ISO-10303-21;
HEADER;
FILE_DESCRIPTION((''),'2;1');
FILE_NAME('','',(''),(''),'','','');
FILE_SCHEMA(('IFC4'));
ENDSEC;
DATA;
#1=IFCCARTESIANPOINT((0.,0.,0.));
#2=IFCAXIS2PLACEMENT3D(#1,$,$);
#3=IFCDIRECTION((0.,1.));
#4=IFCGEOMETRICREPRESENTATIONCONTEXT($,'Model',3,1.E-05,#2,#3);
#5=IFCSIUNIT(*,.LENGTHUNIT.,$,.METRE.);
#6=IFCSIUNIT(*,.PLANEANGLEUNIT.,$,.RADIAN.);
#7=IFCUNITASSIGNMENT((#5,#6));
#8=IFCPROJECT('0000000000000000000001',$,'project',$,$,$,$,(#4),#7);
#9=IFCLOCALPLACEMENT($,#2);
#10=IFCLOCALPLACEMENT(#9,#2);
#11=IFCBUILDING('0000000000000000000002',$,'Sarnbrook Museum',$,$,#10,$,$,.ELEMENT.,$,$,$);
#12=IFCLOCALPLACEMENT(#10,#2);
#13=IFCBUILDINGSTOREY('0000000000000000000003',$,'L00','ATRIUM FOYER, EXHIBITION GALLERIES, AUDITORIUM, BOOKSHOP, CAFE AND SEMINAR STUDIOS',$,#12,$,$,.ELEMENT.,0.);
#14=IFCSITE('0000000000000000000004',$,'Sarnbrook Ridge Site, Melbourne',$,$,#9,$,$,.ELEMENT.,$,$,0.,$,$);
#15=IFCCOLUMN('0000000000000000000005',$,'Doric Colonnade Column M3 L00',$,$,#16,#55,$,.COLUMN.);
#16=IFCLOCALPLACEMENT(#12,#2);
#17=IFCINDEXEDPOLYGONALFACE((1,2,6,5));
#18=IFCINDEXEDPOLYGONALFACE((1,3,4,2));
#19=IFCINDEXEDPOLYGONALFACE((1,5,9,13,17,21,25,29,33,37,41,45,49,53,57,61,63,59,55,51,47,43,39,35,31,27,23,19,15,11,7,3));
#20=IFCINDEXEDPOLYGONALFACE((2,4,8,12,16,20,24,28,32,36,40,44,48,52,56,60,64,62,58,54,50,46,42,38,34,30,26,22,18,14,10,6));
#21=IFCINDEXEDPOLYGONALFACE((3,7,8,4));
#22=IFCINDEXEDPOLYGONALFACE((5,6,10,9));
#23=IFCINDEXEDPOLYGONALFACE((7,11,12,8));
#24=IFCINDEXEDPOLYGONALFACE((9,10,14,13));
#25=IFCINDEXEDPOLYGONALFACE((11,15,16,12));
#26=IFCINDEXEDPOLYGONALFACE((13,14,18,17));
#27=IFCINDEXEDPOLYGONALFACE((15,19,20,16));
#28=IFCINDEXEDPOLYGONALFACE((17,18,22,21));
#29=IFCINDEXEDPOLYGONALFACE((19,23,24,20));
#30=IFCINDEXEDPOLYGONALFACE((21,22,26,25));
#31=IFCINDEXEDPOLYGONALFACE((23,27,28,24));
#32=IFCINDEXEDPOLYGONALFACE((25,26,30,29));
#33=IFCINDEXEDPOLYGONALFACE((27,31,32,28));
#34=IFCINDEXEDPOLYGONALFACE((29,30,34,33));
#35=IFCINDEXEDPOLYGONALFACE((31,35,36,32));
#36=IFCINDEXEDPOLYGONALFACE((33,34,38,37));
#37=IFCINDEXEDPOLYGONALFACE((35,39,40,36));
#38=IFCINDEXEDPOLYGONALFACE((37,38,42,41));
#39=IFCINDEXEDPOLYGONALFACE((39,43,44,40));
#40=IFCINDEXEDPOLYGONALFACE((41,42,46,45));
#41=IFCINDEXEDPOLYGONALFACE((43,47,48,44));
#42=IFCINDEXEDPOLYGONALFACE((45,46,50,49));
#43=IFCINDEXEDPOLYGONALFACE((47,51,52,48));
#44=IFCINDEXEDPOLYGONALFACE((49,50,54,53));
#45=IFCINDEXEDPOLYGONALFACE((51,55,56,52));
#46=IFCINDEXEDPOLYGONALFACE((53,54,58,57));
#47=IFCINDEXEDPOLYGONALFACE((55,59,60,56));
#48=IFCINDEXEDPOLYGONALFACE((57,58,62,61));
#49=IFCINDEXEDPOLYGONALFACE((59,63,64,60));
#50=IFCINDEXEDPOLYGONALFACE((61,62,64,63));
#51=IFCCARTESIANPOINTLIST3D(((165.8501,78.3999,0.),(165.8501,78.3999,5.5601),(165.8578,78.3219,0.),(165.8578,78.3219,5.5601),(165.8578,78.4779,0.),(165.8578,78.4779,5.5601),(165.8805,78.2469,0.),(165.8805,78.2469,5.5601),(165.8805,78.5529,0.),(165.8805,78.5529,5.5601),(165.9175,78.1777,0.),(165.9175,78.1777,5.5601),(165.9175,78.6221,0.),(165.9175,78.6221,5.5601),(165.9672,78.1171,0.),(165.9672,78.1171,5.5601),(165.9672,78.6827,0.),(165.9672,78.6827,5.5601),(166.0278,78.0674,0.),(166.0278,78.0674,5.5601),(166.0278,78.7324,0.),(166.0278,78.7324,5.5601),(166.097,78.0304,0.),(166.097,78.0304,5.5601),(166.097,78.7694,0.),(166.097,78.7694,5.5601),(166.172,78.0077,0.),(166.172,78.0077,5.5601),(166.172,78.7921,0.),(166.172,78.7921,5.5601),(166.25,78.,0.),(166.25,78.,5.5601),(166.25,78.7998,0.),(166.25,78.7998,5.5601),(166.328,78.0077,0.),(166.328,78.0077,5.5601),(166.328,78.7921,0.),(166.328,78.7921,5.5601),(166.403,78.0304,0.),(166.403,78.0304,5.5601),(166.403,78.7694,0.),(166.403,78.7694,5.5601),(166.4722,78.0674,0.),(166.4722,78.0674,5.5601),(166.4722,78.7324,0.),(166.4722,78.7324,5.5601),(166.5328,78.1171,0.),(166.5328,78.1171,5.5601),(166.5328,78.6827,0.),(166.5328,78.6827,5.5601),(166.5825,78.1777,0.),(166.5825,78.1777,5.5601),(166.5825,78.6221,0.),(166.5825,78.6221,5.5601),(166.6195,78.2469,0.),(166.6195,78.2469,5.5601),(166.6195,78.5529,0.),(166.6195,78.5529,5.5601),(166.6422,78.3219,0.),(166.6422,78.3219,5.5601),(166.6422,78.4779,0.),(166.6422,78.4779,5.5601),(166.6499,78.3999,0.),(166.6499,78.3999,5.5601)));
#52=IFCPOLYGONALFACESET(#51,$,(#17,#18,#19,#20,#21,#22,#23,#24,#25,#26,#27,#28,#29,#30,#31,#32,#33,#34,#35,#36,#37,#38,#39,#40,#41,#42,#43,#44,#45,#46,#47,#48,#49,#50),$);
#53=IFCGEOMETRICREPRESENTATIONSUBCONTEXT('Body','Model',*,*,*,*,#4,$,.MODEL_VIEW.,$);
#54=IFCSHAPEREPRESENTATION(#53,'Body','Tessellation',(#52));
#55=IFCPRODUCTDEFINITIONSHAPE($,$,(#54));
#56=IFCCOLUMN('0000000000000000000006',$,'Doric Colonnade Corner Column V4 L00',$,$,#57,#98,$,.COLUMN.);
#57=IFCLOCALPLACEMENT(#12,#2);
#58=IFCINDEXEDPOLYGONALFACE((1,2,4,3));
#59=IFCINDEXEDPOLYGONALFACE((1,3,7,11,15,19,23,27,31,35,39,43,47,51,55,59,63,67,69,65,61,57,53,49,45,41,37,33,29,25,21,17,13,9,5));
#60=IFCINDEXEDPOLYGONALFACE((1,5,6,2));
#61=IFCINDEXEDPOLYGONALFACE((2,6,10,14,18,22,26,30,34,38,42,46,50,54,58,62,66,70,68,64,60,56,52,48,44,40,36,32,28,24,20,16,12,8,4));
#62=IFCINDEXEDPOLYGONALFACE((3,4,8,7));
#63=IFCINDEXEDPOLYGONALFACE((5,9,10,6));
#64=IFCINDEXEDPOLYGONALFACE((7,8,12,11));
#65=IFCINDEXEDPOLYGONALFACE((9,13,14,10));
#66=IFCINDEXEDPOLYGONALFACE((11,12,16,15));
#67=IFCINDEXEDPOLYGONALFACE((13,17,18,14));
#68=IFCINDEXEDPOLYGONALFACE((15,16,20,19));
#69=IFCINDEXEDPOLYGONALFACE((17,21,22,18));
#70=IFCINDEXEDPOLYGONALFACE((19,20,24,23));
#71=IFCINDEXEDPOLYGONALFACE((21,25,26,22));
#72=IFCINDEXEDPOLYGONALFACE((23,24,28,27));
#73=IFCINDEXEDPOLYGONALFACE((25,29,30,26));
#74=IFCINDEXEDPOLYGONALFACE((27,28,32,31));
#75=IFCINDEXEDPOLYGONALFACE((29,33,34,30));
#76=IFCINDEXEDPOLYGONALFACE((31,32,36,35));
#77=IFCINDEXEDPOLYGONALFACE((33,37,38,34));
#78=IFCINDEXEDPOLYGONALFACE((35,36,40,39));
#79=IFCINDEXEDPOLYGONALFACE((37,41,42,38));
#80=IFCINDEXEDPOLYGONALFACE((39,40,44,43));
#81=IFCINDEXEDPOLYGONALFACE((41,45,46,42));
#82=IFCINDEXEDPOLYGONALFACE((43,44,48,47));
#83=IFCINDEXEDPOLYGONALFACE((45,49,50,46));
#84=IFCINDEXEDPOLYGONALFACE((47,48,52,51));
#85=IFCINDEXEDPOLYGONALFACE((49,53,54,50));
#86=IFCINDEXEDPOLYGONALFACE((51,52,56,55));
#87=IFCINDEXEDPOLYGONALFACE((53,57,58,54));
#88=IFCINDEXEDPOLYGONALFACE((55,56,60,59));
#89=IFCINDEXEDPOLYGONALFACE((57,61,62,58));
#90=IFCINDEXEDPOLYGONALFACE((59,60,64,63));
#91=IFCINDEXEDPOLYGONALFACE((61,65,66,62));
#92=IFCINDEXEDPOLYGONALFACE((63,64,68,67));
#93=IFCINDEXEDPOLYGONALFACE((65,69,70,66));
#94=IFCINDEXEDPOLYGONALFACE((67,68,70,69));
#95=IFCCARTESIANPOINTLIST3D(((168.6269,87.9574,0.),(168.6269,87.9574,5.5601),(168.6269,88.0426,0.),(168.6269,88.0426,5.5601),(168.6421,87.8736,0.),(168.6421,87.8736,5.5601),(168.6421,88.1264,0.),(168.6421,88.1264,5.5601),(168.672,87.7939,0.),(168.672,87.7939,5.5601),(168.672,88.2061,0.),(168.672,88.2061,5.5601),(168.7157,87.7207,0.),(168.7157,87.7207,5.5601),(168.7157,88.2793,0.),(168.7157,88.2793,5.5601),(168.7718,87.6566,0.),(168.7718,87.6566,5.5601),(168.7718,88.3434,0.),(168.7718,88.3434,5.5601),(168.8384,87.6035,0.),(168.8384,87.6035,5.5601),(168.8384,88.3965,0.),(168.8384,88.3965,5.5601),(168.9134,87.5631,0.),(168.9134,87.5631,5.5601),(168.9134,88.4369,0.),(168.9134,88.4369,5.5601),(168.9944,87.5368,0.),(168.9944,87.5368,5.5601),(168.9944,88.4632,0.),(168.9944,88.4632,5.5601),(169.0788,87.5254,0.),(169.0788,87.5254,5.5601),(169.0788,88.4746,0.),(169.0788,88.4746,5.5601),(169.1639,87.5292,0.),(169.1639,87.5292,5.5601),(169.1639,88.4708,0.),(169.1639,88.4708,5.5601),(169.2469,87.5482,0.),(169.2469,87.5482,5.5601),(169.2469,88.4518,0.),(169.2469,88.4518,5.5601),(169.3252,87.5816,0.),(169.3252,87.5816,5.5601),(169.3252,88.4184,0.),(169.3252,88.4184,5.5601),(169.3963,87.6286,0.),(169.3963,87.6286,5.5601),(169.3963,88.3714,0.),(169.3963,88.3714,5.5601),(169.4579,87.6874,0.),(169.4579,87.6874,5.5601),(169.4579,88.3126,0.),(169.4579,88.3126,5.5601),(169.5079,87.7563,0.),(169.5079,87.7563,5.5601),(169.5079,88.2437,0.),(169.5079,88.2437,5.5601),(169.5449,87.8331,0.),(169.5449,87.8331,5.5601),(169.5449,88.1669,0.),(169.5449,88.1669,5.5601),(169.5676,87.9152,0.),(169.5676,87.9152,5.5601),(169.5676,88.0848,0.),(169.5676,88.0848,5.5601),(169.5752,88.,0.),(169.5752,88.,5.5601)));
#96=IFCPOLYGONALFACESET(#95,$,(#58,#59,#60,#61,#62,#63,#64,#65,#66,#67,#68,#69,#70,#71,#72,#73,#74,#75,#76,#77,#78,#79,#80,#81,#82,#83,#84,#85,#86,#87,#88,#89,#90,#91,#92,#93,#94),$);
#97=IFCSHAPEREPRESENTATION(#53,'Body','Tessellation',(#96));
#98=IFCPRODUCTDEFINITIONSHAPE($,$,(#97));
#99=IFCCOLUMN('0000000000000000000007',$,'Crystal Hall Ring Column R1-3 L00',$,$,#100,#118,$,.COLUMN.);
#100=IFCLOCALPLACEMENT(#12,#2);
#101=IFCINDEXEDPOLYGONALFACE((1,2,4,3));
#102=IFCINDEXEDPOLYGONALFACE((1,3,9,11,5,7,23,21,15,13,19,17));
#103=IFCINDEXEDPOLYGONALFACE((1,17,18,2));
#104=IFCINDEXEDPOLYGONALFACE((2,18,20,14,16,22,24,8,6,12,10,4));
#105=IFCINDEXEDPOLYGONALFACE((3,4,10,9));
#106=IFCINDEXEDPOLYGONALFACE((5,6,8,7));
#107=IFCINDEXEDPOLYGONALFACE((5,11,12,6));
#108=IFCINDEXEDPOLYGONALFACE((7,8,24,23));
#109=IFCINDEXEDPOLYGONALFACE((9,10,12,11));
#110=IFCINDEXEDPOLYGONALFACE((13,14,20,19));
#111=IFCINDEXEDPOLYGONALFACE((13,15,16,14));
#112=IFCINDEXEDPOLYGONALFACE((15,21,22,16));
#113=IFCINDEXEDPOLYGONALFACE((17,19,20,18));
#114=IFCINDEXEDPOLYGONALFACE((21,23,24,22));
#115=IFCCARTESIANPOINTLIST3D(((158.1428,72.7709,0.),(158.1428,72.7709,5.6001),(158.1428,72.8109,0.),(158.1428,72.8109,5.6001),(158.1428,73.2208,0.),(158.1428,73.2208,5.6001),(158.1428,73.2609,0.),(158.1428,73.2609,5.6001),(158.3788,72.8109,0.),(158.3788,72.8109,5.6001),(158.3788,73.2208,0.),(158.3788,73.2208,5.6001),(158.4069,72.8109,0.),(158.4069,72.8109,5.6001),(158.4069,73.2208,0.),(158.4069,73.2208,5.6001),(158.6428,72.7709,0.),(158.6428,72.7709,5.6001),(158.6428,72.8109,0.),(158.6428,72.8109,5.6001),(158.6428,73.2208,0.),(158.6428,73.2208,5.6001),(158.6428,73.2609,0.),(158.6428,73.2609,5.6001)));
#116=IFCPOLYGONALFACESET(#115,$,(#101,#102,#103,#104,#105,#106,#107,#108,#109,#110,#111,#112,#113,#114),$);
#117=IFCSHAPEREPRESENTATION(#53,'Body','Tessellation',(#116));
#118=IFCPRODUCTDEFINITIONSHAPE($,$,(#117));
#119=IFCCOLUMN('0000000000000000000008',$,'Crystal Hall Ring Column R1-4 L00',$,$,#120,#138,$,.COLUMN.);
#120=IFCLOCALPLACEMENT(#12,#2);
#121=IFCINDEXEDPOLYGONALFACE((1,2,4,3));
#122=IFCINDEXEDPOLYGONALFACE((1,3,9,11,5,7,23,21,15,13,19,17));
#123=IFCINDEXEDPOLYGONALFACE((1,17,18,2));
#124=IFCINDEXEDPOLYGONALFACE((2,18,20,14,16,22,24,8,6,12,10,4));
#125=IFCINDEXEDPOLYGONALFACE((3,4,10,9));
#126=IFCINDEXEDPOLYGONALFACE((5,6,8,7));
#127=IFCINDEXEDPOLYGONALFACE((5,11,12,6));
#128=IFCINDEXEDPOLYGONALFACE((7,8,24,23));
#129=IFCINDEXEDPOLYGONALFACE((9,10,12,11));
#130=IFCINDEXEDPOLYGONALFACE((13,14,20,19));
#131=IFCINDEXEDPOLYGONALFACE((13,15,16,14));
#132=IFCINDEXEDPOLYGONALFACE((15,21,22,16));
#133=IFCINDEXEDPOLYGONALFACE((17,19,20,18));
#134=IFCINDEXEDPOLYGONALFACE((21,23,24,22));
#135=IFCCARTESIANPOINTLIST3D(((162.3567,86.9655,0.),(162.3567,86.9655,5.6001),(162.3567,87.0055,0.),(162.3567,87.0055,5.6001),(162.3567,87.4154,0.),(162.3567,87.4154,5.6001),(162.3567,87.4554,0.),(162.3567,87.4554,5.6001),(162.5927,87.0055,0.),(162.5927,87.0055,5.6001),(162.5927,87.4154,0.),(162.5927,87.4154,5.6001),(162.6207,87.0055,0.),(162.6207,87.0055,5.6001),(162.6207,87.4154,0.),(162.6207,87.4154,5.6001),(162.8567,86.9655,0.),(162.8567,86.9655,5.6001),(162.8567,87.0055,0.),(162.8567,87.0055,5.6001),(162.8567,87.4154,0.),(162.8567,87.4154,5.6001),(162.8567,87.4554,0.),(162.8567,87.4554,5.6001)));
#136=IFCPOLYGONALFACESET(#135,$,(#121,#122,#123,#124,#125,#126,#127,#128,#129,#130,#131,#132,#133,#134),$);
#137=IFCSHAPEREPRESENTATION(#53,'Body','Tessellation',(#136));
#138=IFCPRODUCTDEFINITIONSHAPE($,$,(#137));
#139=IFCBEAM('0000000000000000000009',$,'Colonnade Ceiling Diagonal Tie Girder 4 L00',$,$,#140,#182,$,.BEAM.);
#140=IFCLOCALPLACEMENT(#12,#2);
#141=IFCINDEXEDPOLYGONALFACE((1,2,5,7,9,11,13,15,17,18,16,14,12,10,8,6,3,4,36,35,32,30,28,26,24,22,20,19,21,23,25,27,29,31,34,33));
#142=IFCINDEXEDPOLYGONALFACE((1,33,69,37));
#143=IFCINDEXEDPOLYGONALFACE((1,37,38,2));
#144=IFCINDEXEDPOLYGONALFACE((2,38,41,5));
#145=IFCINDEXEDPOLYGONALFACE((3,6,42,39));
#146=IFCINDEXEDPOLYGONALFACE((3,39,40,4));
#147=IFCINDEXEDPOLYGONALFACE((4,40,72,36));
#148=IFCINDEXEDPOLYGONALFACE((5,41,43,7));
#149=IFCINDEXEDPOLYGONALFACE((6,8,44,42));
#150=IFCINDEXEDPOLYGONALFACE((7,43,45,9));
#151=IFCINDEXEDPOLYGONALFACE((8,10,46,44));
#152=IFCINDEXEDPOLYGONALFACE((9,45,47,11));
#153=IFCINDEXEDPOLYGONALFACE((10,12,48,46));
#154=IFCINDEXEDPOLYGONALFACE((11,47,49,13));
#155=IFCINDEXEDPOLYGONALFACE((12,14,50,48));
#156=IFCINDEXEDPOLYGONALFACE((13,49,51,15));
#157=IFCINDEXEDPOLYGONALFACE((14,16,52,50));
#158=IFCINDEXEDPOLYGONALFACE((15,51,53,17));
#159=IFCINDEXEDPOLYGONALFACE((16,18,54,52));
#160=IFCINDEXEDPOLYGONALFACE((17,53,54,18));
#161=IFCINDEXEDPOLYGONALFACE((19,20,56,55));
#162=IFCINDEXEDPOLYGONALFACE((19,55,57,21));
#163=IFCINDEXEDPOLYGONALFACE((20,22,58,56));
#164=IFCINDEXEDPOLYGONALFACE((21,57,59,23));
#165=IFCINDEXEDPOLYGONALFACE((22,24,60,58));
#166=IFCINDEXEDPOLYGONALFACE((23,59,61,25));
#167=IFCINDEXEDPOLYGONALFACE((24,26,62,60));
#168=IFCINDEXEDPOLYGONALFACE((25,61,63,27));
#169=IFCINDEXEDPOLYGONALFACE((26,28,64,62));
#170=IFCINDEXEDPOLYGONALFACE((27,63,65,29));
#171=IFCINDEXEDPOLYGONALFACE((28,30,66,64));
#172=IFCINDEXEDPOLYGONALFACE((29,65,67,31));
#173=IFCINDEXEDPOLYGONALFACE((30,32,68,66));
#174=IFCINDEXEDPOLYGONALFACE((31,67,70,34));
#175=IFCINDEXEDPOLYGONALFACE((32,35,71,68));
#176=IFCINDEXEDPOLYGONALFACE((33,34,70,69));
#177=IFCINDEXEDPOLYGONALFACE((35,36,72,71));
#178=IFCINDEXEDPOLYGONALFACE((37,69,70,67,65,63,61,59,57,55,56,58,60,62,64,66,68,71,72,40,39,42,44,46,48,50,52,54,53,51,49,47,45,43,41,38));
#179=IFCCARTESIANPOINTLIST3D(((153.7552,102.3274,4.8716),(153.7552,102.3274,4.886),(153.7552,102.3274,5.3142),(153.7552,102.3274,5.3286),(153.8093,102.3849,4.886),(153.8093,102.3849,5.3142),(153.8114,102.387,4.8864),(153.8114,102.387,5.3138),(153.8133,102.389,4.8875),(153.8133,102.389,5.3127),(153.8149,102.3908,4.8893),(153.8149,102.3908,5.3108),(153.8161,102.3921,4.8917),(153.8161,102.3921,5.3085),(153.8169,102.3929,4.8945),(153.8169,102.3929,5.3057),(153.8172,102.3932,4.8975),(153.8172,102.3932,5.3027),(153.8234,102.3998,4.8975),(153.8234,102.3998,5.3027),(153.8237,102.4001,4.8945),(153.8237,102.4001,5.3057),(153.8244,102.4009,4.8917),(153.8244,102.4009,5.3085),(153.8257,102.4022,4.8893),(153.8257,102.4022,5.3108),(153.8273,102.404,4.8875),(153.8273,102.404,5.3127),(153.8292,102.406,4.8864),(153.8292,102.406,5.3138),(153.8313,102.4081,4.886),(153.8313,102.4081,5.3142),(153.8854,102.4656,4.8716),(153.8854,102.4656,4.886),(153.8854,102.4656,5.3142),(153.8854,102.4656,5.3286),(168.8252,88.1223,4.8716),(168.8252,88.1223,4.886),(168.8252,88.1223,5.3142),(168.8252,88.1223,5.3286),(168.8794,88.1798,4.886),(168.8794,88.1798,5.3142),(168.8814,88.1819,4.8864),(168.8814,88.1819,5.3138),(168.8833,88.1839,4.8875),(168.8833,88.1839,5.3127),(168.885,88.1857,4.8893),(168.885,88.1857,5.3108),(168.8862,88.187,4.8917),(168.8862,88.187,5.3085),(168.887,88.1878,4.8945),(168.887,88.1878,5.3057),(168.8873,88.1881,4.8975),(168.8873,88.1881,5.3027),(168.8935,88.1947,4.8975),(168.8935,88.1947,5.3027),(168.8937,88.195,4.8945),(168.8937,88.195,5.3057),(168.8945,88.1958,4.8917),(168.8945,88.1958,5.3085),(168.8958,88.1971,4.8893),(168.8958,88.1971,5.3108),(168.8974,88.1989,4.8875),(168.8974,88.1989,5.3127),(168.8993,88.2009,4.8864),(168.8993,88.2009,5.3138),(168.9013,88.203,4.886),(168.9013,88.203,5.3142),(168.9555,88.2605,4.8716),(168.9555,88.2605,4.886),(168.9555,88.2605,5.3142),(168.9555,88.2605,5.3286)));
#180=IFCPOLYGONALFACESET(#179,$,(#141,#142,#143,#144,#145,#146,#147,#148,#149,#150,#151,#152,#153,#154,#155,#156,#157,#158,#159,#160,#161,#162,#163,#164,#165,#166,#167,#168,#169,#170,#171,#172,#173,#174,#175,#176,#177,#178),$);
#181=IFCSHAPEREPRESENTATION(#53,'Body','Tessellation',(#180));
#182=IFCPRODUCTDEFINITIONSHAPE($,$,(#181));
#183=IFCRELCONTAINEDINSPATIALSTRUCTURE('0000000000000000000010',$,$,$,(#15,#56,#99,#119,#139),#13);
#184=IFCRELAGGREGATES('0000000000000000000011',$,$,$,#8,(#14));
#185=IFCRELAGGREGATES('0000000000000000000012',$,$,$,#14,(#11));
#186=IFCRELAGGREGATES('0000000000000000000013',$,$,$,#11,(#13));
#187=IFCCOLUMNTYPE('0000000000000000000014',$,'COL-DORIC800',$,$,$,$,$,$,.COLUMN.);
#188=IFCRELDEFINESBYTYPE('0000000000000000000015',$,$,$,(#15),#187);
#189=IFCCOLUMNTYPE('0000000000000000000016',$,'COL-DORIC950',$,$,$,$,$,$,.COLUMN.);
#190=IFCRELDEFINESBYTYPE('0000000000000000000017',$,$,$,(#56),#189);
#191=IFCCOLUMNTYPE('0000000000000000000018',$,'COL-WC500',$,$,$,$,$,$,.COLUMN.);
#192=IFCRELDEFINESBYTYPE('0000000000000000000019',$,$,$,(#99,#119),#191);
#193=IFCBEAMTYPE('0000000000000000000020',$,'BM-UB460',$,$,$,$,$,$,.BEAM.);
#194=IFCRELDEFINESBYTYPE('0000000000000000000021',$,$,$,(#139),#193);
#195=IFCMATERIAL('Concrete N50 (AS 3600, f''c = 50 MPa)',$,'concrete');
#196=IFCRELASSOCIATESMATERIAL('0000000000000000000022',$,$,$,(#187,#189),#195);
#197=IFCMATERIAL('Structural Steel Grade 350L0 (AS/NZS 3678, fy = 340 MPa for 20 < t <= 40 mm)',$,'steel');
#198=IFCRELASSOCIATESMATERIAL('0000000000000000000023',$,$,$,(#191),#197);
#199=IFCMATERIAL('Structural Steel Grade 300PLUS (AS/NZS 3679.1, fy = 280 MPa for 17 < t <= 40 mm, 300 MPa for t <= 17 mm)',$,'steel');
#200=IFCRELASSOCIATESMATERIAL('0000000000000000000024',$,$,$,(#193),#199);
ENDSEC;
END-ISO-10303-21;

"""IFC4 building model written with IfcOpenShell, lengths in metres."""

from ifc_helpers import new_model, si_unit, direction, frame, origin, origin_2d, place, context, subcontext, project, spatial, circle, i_section, extrude, material, material_profile, profile_set, type_object, element, save


model = new_model("IFC4")

# Units and contexts
model_context = context("Model", 3, precision=1e-05, world=origin(), true_north=direction((0.0, 1.0)))
body_context = subcontext(model_context, "Body", "Model", "MODEL_VIEW")
ifc_project = project(units=[si_unit("LENGTHUNIT", "METRE"), si_unit("PLANEANGLEUNIT", "RADIAN")], contexts=[model_context])

# Site, building, storey
site_placement = place(None, origin())
site = spatial("IfcSite", under=ifc_project, at=site_placement, Name="Sarnbrook Ridge Site, Melbourne", CompositionType="ELEMENT", RefElevation=0.0)
building_placement = place(site_placement, origin())
building = spatial("IfcBuilding", under=site, at=building_placement, Name="Sarnbrook Museum", CompositionType="ELEMENT")
storey_placement = place(building_placement, origin())
storey = spatial("IfcBuildingStorey", under=building, at=storey_placement, Name="L00", Description="ATRIUM FOYER, EXHIBITION GALLERIES, AUDITORIUM, BOOKSHOP, CAFE AND SEMINAR STUDIOS", CompositionType="ELEMENT", Elevation=0.0)

# Columns
ifc_material_1 = material(Name="Concrete N50 (AS 3600, f'c = 50 MPa)", Category="concrete")
ifc_material_profile_1 = material_profile(ifc_material_1, circle(Radius=0.3999, at=origin_2d()), Name="DORIC D800")
ifc_profile_set_1 = profile_set([ifc_material_profile_1], Name="Concrete N50 (AS 3600, f'c = 50 MPa)")
column_type_1 = type_object("IfcColumnType", Name="COL-DORIC800", PredefinedType="COLUMN", material=ifc_profile_set_1)
column_1_placement = place(storey_placement, frame((166.25, 78.3999, 0.0), z_axis=(0.0, 0.0, 1.0), x_axis=(1.0, 0.0, 0.0)))
element("IfcColumn", 1, at=column_1_placement, inside=storey, type_object=column_type_1, Name="Doric Colonnade Column M3 L00", PredefinedType="COLUMN", context=body_context, shape_type="SweptSolid", body=[
    extrude(circle(Radius=0.3999, at=origin_2d()), origin(), (0.0, 0.0, 1.0), 5.5601),
])
ifc_material_profile_2 = material_profile(ifc_material_1, circle(Radius=0.4751, at=origin_2d()), Name="DORIC D950")
ifc_profile_set_2 = profile_set([ifc_material_profile_2], Name="Concrete N50 (AS 3600, f'c = 50 MPa)")
column_type_2 = type_object("IfcColumnType", Name="COL-DORIC950", PredefinedType="COLUMN", material=ifc_profile_set_2)
column_2_placement = place(storey_placement, frame((169.1001, 88.0, 0.0), z_axis=(0.0, 0.0, 1.0), x_axis=(1.0, 0.0, 0.0)))
element("IfcColumn", 2, at=column_2_placement, inside=storey, type_object=column_type_2, Name="Doric Colonnade Corner Column V4 L00", PredefinedType="COLUMN", context=body_context, shape_type="SweptSolid", body=[
    extrude(circle(Radius=0.4751, at=origin_2d()), origin(), (0.0, 0.0, 1.0), 5.5601),
])
ifc_material_2 = material(Name="Structural Steel Grade 350L0 (AS/NZS 3678, fy = 340 MPa for 20 < t <= 40 mm)", Category="steel")
ifc_material_profile_3 = material_profile(ifc_material_2, i_section(OverallWidth=0.5, OverallDepth=0.49, WebThickness=0.0281, FlangeThickness=0.04, at=origin_2d()), Name="500WC340")
ifc_profile_set_3 = profile_set([ifc_material_profile_3], Name="Structural Steel Grade 350L0 (AS/NZS 3678, fy = 340 MPa for 20 < t <= 40 mm)")
column_type_3 = type_object("IfcColumnType", Name="COL-WC500", PredefinedType="COLUMN", material=ifc_profile_set_3)
for number, where, z_axis, x_axis, name in (
    (3, (158.3928, 73.0159, 0.0), (0.0, 0.0, 1.0), (1.0, 0.0, 0.0), "Crystal Hall Ring Column R1-3 L00"),
    (4, (162.6067, 87.2104, 0.0), (0.0, 0.0, 1.0), (1.0, 0.0, 0.0), "Crystal Hall Ring Column R1-4 L00"),
):
    element("IfcColumn", number, at=place(storey_placement, frame(where, z_axis=z_axis, x_axis=x_axis)), inside=storey, type_object=column_type_3, Name=name, PredefinedType="COLUMN", context=body_context, shape_type="SweptSolid", body=[
        extrude(i_section(OverallWidth=0.5, OverallDepth=0.49, WebThickness=0.0281, FlangeThickness=0.04, at=origin_2d()), origin(), (0.0, 0.0, 1.0), 5.6001),
    ])

# Beam
ifc_material_3 = material(Name="Structural Steel Grade 300PLUS (AS/NZS 3679.1, fy = 280 MPa for 17 < t <= 40 mm, 300 MPa for t <= 17 mm)", Category="steel")
ifc_material_profile_4 = material_profile(ifc_material_3, i_section(OverallWidth=0.1899, OverallDepth=0.457, WebThickness=0.009, FlangeThickness=0.0144, FilletRadius=0.0115, at=origin_2d()), Name="460UB74.6")
ifc_profile_set_4 = profile_set([ifc_material_profile_4], Name="Structural Steel Grade 300PLUS (AS/NZS 3679.1, fy = 280 MPa for 17 < t <= 40 mm, 300 MPa for t <= 17 mm)")
beam_type_1 = type_object("IfcBeamType", Name="BM-UB460", PredefinedType="BEAM", material=ifc_profile_set_4)
beam_1_placement = place(storey_placement, frame((168.8904, 88.1914, 5.1001), z_axis=(-0.727682, 0.685915, 0.0), x_axis=(-0.685915, -0.727682, 0.0)))
element("IfcBeam", 5, at=beam_1_placement, inside=storey, type_object=beam_type_1, Name="Colonnade Ceiling Diagonal Tie Girder 4 L00", PredefinedType="BEAM", context=body_context, shape_type="SweptSolid", body=[
    extrude(i_section(OverallWidth=0.1899, OverallDepth=0.457, WebThickness=0.009, FlangeThickness=0.0144, FilletRadius=0.0115, at=origin_2d()), origin(), (0.0, 0.0, 1.0), 20.7097),
])

save(model, "model.ifc")
